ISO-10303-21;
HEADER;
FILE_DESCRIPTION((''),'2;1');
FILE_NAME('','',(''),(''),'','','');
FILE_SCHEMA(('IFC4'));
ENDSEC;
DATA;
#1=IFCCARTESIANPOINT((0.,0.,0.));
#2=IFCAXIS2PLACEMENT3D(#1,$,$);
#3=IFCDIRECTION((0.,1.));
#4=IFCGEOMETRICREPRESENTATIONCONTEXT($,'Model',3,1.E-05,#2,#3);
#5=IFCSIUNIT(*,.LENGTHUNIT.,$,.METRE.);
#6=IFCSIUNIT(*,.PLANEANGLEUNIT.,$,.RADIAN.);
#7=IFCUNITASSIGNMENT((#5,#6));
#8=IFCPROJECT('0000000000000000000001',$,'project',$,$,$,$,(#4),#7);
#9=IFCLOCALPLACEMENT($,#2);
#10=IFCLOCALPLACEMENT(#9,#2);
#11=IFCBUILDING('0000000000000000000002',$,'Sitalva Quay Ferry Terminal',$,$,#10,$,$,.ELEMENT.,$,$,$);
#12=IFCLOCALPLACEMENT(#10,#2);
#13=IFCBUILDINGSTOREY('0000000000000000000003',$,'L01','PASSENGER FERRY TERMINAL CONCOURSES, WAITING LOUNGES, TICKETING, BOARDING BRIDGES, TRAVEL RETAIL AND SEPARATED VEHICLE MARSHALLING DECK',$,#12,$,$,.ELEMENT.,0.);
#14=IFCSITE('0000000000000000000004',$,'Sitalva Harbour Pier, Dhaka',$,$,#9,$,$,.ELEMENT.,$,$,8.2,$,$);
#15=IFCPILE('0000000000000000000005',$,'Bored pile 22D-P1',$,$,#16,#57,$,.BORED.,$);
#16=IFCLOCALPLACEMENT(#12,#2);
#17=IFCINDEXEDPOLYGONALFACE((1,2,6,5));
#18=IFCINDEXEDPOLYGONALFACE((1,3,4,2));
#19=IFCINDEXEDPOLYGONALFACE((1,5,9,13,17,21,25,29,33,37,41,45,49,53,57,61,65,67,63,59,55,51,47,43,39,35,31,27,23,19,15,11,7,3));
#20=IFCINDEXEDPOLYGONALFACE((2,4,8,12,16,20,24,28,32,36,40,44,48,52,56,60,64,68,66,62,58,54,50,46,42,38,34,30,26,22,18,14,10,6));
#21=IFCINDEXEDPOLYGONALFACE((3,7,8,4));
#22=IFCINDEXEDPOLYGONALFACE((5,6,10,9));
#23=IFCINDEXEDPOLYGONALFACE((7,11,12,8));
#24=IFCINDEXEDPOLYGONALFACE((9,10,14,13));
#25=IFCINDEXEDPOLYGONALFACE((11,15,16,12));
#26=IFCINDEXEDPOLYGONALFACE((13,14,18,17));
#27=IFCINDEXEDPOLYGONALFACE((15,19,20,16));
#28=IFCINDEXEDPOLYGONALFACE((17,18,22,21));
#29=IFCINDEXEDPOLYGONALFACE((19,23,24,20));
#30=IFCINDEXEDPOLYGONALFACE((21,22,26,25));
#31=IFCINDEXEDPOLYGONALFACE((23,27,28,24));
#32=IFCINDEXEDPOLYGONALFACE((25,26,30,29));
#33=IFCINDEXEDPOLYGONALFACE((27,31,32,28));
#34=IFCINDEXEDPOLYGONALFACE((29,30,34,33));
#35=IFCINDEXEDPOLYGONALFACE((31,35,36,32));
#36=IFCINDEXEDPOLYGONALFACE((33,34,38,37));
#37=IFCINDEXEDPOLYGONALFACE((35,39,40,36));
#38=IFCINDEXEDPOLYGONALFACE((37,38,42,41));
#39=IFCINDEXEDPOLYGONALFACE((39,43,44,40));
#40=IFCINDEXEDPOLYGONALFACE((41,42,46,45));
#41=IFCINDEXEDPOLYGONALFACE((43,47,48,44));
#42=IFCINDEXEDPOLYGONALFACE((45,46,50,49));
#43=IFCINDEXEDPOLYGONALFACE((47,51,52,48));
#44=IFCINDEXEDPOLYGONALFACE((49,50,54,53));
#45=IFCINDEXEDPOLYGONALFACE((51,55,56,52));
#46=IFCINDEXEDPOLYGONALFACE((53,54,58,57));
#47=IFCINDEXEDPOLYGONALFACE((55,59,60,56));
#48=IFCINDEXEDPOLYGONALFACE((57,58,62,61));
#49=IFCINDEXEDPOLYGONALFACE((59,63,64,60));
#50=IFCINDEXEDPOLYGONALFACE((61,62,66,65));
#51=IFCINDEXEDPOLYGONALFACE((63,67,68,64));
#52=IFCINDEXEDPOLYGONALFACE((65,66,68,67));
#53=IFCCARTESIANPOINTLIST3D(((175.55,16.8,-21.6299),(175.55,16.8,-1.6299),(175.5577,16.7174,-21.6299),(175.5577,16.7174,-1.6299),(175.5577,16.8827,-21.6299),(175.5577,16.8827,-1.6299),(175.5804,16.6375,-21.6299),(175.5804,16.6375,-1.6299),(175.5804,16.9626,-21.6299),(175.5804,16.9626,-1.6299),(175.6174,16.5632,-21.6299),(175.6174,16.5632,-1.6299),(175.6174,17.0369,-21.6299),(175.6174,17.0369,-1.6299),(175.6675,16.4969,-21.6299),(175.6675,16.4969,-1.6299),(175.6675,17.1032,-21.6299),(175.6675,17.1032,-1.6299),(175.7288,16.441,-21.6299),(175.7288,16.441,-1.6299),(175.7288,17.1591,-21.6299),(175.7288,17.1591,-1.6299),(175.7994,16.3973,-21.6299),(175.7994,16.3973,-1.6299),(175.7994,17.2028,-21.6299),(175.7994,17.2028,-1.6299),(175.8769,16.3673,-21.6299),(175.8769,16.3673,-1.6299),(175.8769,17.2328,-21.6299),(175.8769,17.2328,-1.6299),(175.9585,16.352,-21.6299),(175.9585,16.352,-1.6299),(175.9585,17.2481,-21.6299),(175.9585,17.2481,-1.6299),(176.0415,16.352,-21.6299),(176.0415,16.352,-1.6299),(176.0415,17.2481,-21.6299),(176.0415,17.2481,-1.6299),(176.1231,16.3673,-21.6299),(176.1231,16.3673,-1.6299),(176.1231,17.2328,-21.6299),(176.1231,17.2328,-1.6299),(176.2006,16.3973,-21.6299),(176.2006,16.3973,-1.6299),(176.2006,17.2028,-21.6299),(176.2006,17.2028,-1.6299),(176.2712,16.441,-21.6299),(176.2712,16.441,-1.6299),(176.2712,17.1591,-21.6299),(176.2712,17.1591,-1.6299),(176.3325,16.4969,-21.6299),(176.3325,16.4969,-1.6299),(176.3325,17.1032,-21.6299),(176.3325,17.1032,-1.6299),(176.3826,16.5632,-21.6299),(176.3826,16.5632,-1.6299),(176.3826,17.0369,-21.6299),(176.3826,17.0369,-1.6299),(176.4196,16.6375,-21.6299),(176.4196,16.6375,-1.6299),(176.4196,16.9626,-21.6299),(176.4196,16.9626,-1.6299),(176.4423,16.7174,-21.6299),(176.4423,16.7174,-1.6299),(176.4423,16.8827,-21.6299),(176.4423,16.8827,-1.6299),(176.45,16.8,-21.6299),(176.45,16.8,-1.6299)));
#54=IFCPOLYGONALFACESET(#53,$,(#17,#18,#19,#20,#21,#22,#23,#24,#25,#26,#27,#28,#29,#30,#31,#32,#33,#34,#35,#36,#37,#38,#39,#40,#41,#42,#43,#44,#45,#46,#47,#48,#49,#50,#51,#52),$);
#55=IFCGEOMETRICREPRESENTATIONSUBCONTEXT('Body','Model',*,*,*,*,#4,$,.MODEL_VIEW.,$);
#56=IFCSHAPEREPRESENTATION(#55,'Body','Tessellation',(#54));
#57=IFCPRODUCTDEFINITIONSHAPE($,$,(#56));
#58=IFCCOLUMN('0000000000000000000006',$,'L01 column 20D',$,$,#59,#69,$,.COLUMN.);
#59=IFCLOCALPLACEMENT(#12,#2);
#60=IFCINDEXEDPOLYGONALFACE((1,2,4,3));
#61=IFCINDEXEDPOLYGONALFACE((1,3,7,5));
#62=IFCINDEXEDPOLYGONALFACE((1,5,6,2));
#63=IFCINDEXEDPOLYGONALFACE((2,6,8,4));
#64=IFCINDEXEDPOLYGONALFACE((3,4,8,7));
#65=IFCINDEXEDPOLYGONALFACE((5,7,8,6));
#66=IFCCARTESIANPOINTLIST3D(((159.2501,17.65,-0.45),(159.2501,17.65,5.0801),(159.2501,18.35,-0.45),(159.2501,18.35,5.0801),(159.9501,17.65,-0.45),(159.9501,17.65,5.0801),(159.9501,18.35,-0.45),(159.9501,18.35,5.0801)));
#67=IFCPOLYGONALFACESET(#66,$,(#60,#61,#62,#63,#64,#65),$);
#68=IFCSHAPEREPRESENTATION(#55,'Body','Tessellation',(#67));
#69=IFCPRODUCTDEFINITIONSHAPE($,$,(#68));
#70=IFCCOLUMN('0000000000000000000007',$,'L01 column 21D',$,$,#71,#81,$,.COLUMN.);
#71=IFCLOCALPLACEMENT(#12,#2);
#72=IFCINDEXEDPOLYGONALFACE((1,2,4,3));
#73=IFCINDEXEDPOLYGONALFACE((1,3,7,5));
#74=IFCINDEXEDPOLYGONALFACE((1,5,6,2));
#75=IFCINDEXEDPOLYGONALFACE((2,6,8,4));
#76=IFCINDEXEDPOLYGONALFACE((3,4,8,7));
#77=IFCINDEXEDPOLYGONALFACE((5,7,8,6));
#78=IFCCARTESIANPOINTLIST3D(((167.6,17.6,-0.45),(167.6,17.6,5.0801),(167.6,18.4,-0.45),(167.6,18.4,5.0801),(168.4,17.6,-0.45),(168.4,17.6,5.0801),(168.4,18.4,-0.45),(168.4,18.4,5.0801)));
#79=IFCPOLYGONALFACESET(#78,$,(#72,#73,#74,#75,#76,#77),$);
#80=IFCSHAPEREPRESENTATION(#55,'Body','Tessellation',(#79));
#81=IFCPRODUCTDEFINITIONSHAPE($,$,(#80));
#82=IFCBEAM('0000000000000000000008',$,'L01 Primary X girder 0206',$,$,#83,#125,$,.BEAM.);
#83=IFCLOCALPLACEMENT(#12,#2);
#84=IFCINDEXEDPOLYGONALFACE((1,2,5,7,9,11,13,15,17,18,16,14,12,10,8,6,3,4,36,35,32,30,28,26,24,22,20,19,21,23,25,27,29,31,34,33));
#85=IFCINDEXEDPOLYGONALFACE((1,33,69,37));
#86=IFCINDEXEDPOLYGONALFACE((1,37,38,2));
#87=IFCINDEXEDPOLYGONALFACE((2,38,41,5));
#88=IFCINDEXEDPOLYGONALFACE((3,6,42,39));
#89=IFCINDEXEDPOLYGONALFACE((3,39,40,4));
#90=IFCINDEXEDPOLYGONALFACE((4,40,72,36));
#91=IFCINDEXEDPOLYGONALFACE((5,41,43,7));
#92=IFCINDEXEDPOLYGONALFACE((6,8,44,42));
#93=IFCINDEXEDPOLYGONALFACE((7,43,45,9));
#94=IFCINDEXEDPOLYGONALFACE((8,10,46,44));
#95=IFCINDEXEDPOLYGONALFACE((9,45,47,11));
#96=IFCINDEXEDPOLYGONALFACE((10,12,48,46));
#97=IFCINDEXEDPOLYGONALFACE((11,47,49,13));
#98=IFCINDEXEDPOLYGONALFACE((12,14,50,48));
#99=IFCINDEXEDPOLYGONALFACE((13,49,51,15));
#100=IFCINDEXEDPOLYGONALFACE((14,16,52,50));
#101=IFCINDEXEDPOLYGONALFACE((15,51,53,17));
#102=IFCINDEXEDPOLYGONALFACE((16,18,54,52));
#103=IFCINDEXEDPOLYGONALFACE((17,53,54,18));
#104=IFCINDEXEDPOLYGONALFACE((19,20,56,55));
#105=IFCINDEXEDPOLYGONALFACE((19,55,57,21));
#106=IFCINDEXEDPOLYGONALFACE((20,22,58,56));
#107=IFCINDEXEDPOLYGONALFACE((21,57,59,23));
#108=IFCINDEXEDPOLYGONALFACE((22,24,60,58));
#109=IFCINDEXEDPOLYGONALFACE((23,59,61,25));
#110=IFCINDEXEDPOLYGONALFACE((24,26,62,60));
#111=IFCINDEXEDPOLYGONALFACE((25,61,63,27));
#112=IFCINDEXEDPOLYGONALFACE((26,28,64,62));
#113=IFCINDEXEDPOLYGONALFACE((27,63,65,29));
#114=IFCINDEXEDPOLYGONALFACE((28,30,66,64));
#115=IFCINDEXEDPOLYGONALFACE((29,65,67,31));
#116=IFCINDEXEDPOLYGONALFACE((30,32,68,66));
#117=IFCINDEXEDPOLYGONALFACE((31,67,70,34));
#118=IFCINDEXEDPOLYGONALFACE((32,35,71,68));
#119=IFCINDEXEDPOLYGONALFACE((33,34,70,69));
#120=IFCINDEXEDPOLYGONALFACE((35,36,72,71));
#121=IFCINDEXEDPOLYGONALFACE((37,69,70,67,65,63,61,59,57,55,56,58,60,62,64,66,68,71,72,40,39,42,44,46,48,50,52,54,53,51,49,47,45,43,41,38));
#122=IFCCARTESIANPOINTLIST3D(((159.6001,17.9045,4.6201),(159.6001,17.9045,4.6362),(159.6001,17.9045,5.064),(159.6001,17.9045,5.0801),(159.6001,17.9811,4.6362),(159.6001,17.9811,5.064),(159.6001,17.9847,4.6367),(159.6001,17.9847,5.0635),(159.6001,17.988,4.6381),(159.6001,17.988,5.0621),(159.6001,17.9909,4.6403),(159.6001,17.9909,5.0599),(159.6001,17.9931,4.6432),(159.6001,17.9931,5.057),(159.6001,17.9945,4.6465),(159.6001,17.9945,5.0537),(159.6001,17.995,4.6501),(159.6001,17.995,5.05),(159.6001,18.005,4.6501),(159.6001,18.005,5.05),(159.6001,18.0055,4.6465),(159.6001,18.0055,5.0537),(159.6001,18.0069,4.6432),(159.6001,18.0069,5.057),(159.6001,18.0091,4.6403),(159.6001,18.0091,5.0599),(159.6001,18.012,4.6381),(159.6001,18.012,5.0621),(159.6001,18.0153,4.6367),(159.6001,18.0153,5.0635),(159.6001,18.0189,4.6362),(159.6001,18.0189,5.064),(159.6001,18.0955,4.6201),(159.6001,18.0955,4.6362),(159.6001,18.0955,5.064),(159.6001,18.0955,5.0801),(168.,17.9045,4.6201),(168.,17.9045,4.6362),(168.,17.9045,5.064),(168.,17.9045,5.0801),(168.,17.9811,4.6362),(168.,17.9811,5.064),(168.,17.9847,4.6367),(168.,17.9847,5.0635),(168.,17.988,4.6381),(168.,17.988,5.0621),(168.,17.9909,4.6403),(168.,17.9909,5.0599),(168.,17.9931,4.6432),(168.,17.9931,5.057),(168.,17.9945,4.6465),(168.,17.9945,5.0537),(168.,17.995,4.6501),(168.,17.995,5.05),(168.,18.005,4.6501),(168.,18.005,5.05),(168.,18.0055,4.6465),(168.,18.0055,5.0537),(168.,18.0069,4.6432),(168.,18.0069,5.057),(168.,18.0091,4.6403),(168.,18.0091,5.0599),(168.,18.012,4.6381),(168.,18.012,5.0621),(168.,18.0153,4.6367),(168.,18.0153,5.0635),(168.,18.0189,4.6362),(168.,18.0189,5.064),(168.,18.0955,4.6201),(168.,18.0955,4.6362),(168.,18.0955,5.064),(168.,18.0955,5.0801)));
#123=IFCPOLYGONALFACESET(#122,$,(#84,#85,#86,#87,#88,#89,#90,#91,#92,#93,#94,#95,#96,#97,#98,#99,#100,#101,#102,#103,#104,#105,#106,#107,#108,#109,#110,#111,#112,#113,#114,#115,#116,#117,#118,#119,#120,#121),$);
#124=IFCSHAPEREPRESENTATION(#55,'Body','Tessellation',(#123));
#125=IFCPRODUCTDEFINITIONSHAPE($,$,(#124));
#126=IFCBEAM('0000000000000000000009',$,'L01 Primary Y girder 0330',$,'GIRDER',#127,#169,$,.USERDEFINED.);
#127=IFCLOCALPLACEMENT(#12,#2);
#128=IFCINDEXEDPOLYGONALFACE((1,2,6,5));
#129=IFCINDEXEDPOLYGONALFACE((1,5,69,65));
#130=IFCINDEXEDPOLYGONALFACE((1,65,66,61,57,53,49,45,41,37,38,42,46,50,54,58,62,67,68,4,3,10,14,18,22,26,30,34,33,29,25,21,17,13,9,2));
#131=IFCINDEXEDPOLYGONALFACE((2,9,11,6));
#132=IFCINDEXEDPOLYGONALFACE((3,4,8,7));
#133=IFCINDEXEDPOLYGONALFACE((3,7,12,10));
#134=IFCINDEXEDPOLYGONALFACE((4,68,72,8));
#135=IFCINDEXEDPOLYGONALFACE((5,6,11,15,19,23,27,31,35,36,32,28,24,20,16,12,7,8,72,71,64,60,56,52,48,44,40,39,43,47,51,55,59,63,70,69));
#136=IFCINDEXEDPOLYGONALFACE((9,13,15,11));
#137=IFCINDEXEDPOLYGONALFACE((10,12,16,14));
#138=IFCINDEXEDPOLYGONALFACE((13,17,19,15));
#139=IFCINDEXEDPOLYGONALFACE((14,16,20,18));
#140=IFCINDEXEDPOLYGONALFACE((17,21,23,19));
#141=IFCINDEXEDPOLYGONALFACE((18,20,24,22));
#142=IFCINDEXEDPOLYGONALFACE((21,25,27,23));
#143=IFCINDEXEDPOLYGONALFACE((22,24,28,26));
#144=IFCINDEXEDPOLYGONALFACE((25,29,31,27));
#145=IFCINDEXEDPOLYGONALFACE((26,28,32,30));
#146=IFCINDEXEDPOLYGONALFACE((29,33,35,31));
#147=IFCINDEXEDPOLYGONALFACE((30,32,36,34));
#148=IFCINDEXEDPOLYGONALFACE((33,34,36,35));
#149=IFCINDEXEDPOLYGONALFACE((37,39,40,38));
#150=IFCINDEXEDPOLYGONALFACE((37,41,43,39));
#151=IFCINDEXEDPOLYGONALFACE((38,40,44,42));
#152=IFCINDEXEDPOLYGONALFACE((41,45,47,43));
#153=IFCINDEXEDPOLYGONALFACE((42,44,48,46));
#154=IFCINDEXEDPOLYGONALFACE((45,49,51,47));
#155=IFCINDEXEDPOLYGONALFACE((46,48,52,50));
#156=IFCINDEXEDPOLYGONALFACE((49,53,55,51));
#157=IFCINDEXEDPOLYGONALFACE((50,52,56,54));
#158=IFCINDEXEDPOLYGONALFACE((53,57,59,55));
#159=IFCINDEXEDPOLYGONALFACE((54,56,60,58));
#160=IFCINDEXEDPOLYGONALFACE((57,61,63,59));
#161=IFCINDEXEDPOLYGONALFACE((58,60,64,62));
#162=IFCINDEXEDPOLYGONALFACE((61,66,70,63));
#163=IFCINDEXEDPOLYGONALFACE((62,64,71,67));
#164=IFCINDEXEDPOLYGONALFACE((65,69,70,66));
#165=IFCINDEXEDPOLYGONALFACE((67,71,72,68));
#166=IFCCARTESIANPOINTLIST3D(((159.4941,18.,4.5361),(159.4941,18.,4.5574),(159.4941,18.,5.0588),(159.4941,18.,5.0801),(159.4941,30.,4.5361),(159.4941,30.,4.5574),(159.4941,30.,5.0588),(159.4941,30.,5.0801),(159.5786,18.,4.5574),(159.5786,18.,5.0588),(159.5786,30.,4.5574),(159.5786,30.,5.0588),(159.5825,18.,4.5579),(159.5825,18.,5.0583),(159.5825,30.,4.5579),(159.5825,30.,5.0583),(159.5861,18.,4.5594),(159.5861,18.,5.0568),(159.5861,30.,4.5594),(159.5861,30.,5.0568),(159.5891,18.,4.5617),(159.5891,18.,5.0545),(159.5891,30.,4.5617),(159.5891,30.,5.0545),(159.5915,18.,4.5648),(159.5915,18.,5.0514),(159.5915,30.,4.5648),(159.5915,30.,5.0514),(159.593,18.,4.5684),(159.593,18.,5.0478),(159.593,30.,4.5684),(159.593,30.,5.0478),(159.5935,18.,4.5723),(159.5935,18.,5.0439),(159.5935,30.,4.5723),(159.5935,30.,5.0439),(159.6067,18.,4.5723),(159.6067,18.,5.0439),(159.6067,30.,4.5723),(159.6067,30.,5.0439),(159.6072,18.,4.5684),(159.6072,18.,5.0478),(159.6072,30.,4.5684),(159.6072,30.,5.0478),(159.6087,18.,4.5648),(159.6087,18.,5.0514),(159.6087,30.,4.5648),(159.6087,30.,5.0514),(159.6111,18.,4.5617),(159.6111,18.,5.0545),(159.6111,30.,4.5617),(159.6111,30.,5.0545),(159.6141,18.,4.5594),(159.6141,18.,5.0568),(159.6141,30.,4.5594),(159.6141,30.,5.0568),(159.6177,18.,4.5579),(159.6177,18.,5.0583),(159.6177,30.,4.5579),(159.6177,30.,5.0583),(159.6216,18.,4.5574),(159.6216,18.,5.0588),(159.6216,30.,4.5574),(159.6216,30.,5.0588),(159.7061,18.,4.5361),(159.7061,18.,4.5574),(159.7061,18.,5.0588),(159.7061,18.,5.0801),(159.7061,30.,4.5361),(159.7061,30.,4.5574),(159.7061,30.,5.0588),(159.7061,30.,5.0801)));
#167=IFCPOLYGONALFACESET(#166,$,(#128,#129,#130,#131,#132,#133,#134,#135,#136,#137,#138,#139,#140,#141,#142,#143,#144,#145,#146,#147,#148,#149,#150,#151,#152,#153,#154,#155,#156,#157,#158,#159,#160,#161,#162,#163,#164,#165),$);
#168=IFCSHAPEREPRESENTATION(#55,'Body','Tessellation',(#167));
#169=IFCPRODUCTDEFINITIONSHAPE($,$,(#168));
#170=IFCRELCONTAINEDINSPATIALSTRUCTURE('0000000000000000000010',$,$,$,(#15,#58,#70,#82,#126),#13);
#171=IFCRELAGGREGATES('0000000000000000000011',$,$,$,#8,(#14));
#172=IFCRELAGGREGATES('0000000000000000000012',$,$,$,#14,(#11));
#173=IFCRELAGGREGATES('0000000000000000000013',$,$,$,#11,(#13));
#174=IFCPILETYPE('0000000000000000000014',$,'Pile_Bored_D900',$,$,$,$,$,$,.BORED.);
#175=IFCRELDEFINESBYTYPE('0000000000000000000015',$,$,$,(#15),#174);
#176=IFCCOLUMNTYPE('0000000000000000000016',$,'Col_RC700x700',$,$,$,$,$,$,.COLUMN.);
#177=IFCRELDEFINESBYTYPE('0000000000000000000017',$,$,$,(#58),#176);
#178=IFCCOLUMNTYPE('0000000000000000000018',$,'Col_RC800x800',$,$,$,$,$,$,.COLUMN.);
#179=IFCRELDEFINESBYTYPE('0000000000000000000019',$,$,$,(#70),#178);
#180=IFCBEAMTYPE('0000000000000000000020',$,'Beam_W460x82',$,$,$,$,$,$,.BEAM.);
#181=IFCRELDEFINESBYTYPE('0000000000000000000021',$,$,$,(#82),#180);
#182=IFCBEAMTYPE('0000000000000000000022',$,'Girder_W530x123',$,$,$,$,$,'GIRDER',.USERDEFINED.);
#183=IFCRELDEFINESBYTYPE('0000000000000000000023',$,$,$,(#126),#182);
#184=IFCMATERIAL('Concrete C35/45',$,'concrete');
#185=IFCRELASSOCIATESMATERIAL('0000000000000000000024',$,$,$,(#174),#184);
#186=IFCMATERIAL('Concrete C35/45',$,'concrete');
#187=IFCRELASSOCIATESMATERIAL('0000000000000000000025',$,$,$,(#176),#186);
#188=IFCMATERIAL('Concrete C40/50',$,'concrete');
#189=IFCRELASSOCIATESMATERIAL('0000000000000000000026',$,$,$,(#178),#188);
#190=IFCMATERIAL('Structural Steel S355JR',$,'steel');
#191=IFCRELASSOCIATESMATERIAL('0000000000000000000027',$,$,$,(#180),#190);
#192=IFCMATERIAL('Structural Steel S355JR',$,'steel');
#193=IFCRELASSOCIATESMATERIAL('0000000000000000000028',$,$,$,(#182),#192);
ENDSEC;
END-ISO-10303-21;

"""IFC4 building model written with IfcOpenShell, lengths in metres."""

from ifc_helpers import new_model, si_unit, direction, frame, origin, origin_2d, place, context, subcontext, project, spatial, rectangle, circle, i_section, extrude, material, material_profile, profile_set, type_object, element, save


model = new_model("IFC4")

# Units and contexts
model_context = context("Model", 3, precision=1e-05, world=origin(), true_north=direction((0.0, 1.0)))
body_context = subcontext(model_context, "Body", "Model", "MODEL_VIEW")
ifc_project = project(units=[si_unit("LENGTHUNIT", "METRE"), si_unit("PLANEANGLEUNIT", "RADIAN")], contexts=[model_context])

# Site, building, storey
site_placement = place(None, origin())
site = spatial("IfcSite", under=ifc_project, at=site_placement, Name="Sitalva Harbour Pier, Dhaka", CompositionType="ELEMENT", RefElevation=8.2)
building_placement = place(site_placement, origin())
building = spatial("IfcBuilding", under=site, at=building_placement, Name="Sitalva Quay Ferry Terminal", CompositionType="ELEMENT")
storey_placement = place(building_placement, origin())
storey = spatial("IfcBuildingStorey", under=building, at=storey_placement, Name="L01", Description="PASSENGER FERRY TERMINAL CONCOURSES, WAITING LOUNGES, TICKETING, BOARDING BRIDGES, TRAVEL RETAIL AND SEPARATED VEHICLE MARSHALLING DECK", CompositionType="ELEMENT", Elevation=0.0)

# Pile
ifc_material_1 = material(Name="Concrete C35/45", Category="concrete")
ifc_material_profile_1 = material_profile(ifc_material_1, circle(Radius=0.45, at=origin_2d()), Name="PILE-D900")
ifc_profile_set_1 = profile_set([ifc_material_profile_1], Name="Concrete C35/45")
pile_type_1 = type_object("IfcPileType", Name="Pile_Bored_D900", PredefinedType="BORED", material=ifc_profile_set_1)
for number, where, z_axis, x_axis, name in (
    (1, (176.0, 16.8, -1.6299), (0.0, 0.0, -1.0), (1.0, 0.0, 0.0), "Bored pile 22D-P1"),
):
    element("IfcPile", number, at=place(storey_placement, frame(where, z_axis=z_axis, x_axis=x_axis)), inside=storey, type_object=pile_type_1, Name=name, PredefinedType="BORED", context=body_context, shape_type="SweptSolid", body=[
        extrude(circle(Radius=0.45, at=origin_2d()), origin(), (0.0, 0.0, 1.0), 20.0),
    ])

# Columns
ifc_material_2 = material(Name="Concrete C35/45", Category="concrete")
ifc_material_profile_2 = material_profile(ifc_material_2, rectangle(XDim=0.7, YDim=0.7, at=origin_2d()), Name="RC700x700")
ifc_profile_set_2 = profile_set([ifc_material_profile_2], Name="Concrete C35/45")
column_type_1 = type_object("IfcColumnType", Name="Col_RC700x700", PredefinedType="COLUMN", material=ifc_profile_set_2)
column_1_placement = place(storey_placement, frame((159.6001, 18.0, -0.45), z_axis=(0.0, 0.0, 1.0), x_axis=(1.0, 0.0, 0.0)))
element("IfcColumn", 2, at=column_1_placement, inside=storey, type_object=column_type_1, Name="L01 column 20D", PredefinedType="COLUMN", context=body_context, shape_type="SweptSolid", body=[
    extrude(rectangle(XDim=0.7, YDim=0.7, at=origin_2d()), origin(), (0.0, 0.0, 1.0), 5.53),
])
ifc_material_3 = material(Name="Concrete C40/50", Category="concrete")
ifc_material_profile_3 = material_profile(ifc_material_3, rectangle(XDim=0.8, YDim=0.8, at=origin_2d()), Name="RC800x800")
ifc_profile_set_3 = profile_set([ifc_material_profile_3], Name="Concrete C40/50")
column_type_2 = type_object("IfcColumnType", Name="Col_RC800x800", PredefinedType="COLUMN", material=ifc_profile_set_3)
column_2_placement = place(storey_placement, frame((168.0, 18.0, -0.45), z_axis=(0.0, 0.0, 1.0), x_axis=(1.0, 0.0, 0.0)))
element("IfcColumn", 3, at=column_2_placement, inside=storey, type_object=column_type_2, Name="L01 column 21D", PredefinedType="COLUMN", context=body_context, shape_type="SweptSolid", body=[
    extrude(rectangle(XDim=0.8, YDim=0.8, at=origin_2d()), origin(), (0.0, 0.0, 1.0), 5.53),
])

# Beams
ifc_material_4 = material(Name="Structural Steel S355JR", Category="steel")
ifc_material_profile_4 = material_profile(ifc_material_4, i_section(OverallWidth=0.1909, OverallDepth=0.46, WebThickness=0.01, FlangeThickness=0.0161, FilletRadius=0.0139, at=origin_2d()), Name="W460x82")
ifc_profile_set_4 = profile_set([ifc_material_profile_4], Name="Structural Steel S355JR")
beam_type_1 = type_object("IfcBeamType", Name="Beam_W460x82", PredefinedType="BEAM", material=ifc_profile_set_4)
beam_1_placement = place(storey_placement, frame((159.6001, 18.0, 4.8501), z_axis=(1.0, 0.0, 0.0), x_axis=(0.0, 1.0, 0.0)))
element("IfcBeam", 4, at=beam_1_placement, inside=storey, type_object=beam_type_1, Name="L01 Primary X girder 0206", PredefinedType="BEAM", context=body_context, shape_type="SweptSolid", body=[
    extrude(i_section(OverallWidth=0.1909, OverallDepth=0.46, WebThickness=0.01, FlangeThickness=0.0161, FilletRadius=0.0139, at=origin_2d()), origin(), (0.0, 0.0, 1.0), 8.3999),
])
ifc_material_5 = material(Name="Structural Steel S355JR", Category="steel")
ifc_material_profile_5 = material_profile(ifc_material_5, i_section(OverallWidth=0.2119, OverallDepth=0.5439, WebThickness=0.0132, FlangeThickness=0.0212, FilletRadius=0.0149, at=origin_2d()), Name="W530x123")
ifc_profile_set_5 = profile_set([ifc_material_profile_5], Name="Structural Steel S355JR")
beam_type_2 = type_object("IfcBeamType", Name="Girder_W530x123", ElementType="GIRDER", PredefinedType="USERDEFINED", material=ifc_profile_set_5)
for number, where, z_axis, x_axis, name in (
    (5, (159.6001, 18.0, 4.8081), (0.0, 1.0, 0.0), (-1.0, 0.0, 0.0), "L01 Primary Y girder 0330"),
):
    element("IfcBeam", number, at=place(storey_placement, frame(where, z_axis=z_axis, x_axis=x_axis)), inside=storey, type_object=beam_type_2, Name=name, ObjectType="GIRDER", PredefinedType="USERDEFINED", context=body_context, shape_type="SweptSolid", body=[
        extrude(i_section(OverallWidth=0.2119, OverallDepth=0.5439, WebThickness=0.0132, FlangeThickness=0.0212, FilletRadius=0.0149, at=origin_2d()), origin(), (0.0, 0.0, 1.0), 12.0),
    ])

save(model, "model.ifc")
